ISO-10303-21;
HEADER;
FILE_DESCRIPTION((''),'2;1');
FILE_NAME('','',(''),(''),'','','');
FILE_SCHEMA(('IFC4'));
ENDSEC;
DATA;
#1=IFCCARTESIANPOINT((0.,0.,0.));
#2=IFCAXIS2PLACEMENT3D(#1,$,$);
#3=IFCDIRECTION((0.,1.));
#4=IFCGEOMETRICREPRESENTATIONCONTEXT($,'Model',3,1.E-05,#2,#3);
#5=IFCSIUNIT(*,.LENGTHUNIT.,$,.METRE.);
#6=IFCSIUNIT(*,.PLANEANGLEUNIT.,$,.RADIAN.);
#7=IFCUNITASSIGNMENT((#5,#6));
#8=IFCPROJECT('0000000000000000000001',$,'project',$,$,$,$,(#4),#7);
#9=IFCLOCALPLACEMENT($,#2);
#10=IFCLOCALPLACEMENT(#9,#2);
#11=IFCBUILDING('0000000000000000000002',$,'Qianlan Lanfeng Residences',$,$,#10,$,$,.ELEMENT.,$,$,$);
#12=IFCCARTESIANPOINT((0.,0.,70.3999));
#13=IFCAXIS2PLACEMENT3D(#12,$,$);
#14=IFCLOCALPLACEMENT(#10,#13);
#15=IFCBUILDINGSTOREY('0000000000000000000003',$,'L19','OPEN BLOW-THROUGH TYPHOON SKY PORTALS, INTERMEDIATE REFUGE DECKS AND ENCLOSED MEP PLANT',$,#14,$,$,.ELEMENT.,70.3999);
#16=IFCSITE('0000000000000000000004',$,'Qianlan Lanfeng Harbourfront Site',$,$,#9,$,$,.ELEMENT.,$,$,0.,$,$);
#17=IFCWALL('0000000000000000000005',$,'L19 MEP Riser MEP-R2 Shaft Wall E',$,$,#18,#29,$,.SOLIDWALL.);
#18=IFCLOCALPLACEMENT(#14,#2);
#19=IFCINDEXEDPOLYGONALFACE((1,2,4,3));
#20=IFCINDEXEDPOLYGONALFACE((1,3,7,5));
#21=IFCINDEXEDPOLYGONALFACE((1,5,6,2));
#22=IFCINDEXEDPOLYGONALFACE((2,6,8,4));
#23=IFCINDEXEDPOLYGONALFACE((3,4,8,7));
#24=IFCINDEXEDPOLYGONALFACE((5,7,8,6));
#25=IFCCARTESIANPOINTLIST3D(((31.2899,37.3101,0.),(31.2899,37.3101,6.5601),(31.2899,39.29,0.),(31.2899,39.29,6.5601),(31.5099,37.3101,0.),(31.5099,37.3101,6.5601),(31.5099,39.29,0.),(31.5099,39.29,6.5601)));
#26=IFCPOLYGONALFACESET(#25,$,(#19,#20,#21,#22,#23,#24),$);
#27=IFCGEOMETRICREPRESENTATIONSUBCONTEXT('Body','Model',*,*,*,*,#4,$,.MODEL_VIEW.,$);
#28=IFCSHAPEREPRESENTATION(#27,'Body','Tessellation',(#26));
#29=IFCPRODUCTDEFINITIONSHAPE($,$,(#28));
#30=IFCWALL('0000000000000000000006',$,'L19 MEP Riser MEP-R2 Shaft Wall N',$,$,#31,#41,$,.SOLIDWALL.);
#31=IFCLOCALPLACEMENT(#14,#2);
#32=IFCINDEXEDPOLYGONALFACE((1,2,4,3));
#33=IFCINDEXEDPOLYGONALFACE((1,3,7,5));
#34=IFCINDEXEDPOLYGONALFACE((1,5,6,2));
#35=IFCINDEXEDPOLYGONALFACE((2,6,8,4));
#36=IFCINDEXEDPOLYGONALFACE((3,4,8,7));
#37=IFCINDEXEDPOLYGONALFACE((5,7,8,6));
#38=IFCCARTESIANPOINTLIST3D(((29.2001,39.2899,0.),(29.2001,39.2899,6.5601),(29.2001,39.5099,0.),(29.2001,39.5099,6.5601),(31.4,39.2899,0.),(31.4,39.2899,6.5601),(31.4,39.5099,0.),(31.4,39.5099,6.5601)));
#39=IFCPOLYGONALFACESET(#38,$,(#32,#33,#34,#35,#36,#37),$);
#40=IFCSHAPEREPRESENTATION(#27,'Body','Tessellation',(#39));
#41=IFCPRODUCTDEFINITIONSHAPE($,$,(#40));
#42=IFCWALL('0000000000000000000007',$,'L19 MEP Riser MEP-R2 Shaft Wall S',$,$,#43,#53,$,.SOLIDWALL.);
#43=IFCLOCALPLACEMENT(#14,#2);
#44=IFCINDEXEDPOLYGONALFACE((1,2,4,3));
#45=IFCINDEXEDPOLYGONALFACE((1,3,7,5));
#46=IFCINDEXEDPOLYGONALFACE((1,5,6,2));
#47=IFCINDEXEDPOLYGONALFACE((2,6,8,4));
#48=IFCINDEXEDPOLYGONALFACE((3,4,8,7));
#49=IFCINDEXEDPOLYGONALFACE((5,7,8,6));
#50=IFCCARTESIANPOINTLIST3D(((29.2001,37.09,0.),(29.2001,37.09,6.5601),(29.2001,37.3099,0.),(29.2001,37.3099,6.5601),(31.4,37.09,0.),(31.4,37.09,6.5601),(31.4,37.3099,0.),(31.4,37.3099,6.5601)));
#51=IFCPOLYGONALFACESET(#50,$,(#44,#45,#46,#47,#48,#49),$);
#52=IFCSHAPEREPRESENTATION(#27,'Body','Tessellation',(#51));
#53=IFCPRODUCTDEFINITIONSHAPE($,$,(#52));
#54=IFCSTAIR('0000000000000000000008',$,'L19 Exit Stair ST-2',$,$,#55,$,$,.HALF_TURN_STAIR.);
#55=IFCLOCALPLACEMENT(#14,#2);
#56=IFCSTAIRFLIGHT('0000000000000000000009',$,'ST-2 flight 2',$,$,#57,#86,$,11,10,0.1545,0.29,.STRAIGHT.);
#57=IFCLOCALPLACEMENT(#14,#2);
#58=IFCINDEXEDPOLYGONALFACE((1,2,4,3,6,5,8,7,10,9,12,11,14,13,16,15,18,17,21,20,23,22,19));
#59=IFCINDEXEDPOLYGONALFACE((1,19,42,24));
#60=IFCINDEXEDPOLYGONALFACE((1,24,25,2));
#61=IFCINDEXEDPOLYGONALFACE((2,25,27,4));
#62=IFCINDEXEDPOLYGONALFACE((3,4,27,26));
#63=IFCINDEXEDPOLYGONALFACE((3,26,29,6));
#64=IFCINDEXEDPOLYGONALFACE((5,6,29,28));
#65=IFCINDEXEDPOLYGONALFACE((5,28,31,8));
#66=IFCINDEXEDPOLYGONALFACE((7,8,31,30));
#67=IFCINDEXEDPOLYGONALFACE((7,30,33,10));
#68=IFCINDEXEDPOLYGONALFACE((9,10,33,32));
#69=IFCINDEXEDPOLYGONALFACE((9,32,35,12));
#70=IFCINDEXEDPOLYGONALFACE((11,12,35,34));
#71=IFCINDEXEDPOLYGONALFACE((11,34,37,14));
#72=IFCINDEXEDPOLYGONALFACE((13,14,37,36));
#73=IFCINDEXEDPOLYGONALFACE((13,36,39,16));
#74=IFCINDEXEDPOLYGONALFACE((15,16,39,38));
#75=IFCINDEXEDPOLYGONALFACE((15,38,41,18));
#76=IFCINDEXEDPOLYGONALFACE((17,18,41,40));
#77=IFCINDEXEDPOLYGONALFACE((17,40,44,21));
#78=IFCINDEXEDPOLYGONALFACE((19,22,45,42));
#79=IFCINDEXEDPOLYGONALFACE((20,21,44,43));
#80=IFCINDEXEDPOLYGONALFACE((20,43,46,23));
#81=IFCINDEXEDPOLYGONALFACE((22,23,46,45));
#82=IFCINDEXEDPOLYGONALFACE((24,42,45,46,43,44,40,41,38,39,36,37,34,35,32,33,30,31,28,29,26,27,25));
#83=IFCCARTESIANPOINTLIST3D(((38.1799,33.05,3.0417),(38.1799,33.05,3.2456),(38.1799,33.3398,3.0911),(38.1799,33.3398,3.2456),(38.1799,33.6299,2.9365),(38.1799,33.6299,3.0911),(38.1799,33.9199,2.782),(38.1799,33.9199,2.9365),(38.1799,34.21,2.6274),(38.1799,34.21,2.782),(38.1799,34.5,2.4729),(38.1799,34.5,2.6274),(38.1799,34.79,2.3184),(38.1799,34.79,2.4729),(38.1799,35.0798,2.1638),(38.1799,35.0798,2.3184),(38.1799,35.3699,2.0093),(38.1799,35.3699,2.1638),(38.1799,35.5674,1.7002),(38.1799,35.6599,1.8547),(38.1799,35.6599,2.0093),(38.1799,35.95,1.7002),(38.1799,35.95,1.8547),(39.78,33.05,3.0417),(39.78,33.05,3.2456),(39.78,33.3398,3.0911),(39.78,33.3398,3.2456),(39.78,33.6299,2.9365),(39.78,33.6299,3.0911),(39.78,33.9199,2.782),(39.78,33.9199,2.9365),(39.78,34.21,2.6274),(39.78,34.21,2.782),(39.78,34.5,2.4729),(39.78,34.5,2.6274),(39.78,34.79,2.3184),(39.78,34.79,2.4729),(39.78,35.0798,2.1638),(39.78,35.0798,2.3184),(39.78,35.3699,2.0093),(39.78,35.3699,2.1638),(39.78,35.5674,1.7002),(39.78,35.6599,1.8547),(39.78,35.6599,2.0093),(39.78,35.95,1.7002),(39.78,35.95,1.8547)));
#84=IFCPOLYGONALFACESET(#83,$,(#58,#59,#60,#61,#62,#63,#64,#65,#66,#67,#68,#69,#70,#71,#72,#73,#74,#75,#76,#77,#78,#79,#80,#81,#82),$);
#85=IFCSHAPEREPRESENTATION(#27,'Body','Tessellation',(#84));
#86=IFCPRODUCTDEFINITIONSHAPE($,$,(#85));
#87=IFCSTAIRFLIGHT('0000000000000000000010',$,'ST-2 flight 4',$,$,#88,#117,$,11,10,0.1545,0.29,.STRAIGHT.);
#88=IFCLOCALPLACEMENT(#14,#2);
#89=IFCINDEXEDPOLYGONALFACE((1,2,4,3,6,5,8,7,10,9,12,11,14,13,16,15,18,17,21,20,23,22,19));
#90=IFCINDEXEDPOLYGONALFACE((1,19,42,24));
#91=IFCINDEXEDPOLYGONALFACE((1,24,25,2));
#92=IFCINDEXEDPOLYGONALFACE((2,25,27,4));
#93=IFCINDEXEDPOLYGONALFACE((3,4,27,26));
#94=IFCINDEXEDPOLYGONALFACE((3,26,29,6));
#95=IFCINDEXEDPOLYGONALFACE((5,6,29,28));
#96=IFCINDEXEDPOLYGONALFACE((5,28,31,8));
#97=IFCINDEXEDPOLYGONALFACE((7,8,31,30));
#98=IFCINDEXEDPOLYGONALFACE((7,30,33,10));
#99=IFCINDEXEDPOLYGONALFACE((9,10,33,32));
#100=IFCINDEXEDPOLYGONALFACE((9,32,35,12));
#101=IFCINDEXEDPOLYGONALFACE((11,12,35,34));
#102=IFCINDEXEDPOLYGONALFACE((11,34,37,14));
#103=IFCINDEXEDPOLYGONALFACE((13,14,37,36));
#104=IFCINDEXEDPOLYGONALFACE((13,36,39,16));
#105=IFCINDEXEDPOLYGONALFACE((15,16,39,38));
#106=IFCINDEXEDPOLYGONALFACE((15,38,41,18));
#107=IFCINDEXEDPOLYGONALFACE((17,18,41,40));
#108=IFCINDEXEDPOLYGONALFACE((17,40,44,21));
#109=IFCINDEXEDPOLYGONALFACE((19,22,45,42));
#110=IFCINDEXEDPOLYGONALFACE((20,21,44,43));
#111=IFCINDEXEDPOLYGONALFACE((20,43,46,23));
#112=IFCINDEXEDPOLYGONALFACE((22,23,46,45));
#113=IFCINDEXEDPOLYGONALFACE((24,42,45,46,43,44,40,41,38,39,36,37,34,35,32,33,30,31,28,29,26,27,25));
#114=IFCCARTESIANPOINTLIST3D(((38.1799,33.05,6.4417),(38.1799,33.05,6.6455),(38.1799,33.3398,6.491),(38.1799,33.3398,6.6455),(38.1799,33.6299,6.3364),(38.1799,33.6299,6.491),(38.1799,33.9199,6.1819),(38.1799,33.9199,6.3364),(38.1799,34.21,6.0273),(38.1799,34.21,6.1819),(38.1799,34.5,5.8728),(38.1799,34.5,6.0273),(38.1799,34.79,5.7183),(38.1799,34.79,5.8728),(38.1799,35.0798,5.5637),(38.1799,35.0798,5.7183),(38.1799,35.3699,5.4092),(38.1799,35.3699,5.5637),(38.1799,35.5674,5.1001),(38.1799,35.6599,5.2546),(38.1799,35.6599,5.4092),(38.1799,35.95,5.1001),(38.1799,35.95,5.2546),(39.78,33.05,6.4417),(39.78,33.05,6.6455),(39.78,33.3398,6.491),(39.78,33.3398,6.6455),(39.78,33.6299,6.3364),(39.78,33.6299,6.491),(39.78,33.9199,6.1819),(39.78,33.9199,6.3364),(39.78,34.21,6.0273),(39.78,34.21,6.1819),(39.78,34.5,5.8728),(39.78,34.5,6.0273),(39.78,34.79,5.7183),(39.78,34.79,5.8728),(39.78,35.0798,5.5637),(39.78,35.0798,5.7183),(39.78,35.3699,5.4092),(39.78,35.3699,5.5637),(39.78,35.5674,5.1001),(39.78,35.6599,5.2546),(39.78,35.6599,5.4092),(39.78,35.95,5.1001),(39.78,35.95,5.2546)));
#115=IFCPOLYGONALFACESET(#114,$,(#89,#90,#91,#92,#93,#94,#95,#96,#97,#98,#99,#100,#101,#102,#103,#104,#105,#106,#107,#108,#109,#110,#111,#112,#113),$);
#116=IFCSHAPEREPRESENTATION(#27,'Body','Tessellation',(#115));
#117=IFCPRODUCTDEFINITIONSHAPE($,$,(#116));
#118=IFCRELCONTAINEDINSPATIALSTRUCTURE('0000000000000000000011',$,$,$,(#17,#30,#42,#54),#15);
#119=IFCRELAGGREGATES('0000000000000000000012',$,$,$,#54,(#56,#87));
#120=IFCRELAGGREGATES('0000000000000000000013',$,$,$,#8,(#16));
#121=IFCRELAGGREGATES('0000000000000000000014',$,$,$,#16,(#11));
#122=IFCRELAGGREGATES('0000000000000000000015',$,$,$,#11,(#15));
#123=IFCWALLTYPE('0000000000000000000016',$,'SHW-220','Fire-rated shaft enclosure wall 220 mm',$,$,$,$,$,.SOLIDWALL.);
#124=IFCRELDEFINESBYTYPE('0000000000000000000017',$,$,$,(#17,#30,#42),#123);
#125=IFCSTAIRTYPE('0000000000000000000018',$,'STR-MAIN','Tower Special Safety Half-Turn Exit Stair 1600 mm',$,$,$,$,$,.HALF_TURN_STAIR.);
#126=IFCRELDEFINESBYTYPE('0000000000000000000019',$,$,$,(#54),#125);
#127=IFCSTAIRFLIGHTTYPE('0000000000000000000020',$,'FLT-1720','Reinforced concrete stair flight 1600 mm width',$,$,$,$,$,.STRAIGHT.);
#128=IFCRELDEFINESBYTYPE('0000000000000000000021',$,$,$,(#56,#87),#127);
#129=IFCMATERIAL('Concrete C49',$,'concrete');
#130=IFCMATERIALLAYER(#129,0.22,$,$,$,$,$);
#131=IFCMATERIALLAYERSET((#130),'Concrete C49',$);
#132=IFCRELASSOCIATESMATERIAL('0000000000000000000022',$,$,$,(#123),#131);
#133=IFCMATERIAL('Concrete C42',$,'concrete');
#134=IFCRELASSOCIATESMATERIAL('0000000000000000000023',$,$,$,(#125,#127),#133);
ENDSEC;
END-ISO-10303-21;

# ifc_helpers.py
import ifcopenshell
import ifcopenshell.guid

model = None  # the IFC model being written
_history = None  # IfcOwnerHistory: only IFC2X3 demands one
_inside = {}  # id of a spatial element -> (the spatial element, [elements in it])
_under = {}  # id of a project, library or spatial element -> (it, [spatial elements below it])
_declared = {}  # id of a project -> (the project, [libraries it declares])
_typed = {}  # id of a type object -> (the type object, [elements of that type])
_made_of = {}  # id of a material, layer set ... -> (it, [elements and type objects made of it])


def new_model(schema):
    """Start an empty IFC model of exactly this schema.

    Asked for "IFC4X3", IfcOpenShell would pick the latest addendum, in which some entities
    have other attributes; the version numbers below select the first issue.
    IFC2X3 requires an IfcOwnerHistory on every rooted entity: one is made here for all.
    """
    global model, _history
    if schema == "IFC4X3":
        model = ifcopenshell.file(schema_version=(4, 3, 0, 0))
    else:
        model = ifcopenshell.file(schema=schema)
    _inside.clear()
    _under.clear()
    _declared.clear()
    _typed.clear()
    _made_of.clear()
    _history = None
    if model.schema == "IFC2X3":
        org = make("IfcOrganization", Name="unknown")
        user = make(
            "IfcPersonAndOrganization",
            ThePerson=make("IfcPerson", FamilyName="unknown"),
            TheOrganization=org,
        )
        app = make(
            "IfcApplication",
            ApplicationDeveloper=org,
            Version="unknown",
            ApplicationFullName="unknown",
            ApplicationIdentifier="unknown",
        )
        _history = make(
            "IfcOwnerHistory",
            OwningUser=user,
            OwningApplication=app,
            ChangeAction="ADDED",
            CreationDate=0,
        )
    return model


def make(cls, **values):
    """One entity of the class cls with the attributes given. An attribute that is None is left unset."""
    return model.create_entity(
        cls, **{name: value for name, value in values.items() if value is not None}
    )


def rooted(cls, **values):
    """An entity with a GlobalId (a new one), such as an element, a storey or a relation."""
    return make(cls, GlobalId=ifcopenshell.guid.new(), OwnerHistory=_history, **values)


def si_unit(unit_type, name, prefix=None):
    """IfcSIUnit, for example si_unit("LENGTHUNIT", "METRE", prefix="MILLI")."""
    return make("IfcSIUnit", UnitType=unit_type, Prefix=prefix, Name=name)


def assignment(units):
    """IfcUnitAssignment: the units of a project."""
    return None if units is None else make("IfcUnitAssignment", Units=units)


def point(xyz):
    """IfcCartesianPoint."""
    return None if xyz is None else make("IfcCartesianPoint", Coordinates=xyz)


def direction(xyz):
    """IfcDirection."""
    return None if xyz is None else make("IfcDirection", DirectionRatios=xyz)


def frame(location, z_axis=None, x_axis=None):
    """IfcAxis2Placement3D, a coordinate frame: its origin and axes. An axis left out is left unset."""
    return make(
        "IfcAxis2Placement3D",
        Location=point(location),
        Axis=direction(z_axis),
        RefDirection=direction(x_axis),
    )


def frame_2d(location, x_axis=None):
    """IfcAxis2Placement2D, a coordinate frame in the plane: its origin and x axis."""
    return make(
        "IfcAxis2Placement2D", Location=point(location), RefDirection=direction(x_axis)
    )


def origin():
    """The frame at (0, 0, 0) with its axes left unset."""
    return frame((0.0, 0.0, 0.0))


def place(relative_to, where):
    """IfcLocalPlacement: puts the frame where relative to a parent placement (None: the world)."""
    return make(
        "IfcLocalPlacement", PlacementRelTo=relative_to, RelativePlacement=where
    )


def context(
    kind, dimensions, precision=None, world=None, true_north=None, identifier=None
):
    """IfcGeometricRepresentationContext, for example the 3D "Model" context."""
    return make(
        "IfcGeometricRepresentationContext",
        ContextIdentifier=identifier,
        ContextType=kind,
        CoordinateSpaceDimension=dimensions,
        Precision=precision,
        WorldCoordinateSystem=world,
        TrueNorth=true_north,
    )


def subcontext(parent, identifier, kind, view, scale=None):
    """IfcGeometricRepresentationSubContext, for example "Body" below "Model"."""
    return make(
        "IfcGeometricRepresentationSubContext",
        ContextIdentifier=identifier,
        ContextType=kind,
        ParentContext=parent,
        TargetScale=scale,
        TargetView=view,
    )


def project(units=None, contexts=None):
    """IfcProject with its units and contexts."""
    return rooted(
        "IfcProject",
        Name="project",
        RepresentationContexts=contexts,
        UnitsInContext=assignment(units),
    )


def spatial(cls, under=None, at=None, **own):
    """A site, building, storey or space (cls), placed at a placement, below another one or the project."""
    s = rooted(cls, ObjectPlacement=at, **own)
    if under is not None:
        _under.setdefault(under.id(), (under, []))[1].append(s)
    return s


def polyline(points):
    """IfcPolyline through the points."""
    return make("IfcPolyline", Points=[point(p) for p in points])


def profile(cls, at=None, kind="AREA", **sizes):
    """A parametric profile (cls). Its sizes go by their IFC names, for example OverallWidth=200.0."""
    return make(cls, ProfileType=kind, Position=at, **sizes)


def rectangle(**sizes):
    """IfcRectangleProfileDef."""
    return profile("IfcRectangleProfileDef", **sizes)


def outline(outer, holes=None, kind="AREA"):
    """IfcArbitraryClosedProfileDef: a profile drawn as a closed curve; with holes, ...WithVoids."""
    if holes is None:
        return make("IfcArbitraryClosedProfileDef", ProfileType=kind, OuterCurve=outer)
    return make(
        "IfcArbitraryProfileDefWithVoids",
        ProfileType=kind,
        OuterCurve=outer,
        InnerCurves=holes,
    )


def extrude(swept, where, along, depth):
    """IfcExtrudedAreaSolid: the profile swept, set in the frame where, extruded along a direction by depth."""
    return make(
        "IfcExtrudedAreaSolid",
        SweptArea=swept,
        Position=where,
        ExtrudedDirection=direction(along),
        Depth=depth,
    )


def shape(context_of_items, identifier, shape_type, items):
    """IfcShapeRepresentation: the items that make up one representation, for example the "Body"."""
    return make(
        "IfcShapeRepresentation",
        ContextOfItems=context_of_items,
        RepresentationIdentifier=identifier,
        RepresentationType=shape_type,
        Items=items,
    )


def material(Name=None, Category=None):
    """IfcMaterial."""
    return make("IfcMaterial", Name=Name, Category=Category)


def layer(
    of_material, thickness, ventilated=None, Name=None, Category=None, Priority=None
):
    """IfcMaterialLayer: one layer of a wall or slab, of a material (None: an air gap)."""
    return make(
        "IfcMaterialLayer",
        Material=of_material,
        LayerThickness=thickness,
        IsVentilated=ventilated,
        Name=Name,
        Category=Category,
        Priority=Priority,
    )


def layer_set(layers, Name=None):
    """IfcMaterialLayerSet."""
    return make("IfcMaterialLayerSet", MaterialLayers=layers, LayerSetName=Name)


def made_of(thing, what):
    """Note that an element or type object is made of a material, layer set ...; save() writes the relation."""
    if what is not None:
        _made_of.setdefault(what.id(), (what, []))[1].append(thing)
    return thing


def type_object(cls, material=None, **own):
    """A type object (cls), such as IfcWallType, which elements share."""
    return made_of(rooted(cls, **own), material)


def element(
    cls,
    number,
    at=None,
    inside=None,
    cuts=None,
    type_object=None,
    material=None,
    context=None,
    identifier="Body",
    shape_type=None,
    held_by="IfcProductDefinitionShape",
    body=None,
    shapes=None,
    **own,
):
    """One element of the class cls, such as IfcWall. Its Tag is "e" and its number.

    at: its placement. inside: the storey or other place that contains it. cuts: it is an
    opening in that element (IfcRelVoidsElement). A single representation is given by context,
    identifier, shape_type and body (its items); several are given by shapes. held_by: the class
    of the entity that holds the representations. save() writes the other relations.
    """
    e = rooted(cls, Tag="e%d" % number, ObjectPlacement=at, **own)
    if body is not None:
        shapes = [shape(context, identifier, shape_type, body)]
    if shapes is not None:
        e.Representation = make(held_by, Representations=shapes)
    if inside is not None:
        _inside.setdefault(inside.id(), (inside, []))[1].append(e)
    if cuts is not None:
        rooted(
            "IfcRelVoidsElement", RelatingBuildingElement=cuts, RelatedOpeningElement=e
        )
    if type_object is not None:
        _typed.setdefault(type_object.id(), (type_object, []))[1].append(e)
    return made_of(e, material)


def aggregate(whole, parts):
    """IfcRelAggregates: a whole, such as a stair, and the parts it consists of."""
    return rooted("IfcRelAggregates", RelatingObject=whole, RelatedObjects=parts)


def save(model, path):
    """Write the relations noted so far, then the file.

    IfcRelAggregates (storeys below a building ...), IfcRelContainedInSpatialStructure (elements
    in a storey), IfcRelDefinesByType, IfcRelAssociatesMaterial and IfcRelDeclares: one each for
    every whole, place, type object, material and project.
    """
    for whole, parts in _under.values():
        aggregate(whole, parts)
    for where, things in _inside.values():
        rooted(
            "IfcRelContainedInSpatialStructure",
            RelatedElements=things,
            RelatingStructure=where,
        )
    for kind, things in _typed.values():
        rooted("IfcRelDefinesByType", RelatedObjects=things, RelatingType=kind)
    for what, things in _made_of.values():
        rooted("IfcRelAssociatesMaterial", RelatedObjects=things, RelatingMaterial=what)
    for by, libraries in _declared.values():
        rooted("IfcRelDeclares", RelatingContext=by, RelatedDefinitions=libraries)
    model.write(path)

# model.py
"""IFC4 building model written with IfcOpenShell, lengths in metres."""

from ifc_helpers import new_model, si_unit, direction, frame, frame_2d, origin, place, context, subcontext, project, spatial, polyline, rectangle, outline, extrude, material, layer, layer_set, type_object, element, aggregate, save


model = new_model("IFC4")

# Units and contexts
model_context = context("Model", 3, precision=1e-05, world=origin(), true_north=direction((0.0, 1.0)))
body_context = subcontext(model_context, "Body", "Model", "MODEL_VIEW")
ifc_project = project(units=[si_unit("LENGTHUNIT", "METRE"), si_unit("PLANEANGLEUNIT", "RADIAN")], contexts=[model_context])

# Site, building, storey
site_placement = place(None, origin())
site = spatial("IfcSite", under=ifc_project, at=site_placement, Name="Qianlan Lanfeng Harbourfront Site", CompositionType="ELEMENT", RefElevation=0.0)
building_placement = place(site_placement, origin())
building = spatial("IfcBuilding", under=site, at=building_placement, Name="Qianlan Lanfeng Residences", CompositionType="ELEMENT")
storey_placement = place(building_placement, frame((0.0, 0.0, 70.3999)))
storey = spatial("IfcBuildingStorey", under=building, at=storey_placement, Name="L19", Description="OPEN BLOW-THROUGH TYPHOON SKY PORTALS, INTERMEDIATE REFUGE DECKS AND ENCLOSED MEP PLANT", CompositionType="ELEMENT", Elevation=70.3999)

# Walls
ifc_material_1 = material(Name="Concrete C49", Category="concrete")
ifc_layer_1 = layer(ifc_material_1, 0.22)
ifc_layer_set_1 = layer_set([ifc_layer_1], Name="Concrete C49")
wall_type_1 = type_object("IfcWallType", Name="SHW-220", Description="Fire-rated shaft enclosure wall 220 mm", PredefinedType="SOLIDWALL", material=ifc_layer_set_1)
for number, where, z_axis, x_axis, name in (
    (1, (31.3999, 37.3101, 0.0), (0.0, 0.0, 1.0), (0.0, 1.0, 0.0), "L19 MEP Riser MEP-R2 Shaft Wall E"),
):
    element("IfcWall", number, at=place(storey_placement, frame(where, z_axis=z_axis, x_axis=x_axis)), inside=storey, type_object=wall_type_1, Name=name, PredefinedType="SOLIDWALL", context=body_context, shape_type="SweptSolid", body=[
        extrude(rectangle(XDim=1.98, YDim=0.22, at=frame_2d((0.99, 0.0))), origin(), (0.0, 0.0, 1.0), 6.5601),
    ])
for number, where, z_axis, x_axis, name in (
    (2, (29.2, 39.3999, 0.0), (0.0, 0.0, 1.0), (1.0, 0.0, 0.0), "L19 MEP Riser MEP-R2 Shaft Wall N"),
    (3, (29.2, 37.2, 0.0), (0.0, 0.0, 1.0), (1.0, 0.0, 0.0), "L19 MEP Riser MEP-R2 Shaft Wall S"),
):
    element("IfcWall", number, at=place(storey_placement, frame(where, z_axis=z_axis, x_axis=x_axis)), inside=storey, type_object=wall_type_1, Name=name, PredefinedType="SOLIDWALL", context=body_context, shape_type="SweptSolid", body=[
        extrude(rectangle(XDim=2.2, YDim=0.22, at=frame_2d((1.1001, 0.0))), origin(), (0.0, 0.0, 1.0), 6.5601),
    ])

# Stair, stair flights
ifc_material_2 = material(Name="Concrete C42", Category="concrete")
stair_type = type_object("IfcStairType", Name="STR-MAIN", Description="Tower Special Safety Half-Turn Exit Stair 1600 mm", PredefinedType="HALF_TURN_STAIR", material=ifc_material_2)
stair_placement = place(storey_placement, origin())
stair = element("IfcStair", 4, at=stair_placement, inside=storey, type_object=stair_type, Name="L19 Exit Stair ST-2", PredefinedType="HALF_TURN_STAIR")
stair_flight_type = type_object("IfcStairFlightType", Name="FLT-1720", Description="Reinforced concrete stair flight 1600 mm width", PredefinedType="STRAIGHT", material=ifc_material_2)
stair_flight_1_placement = place(storey_placement, frame((38.98, 35.95, 1.7002), z_axis=(0.0, 0.0, 1.0), x_axis=(0.0, -1.0, 0.0)))
stair_flight_1 = element("IfcStairFlight", 5, at=stair_flight_1_placement, type_object=stair_flight_type, Name="ST-2 flight 2", NumberOfRisers=11, NumberOfTreads=10, PredefinedType="STRAIGHT", RiserHeight=0.1545, TreadLength=0.29, context=body_context, shape_type="SweptSolid", body=[
    extrude(outline(polyline([(0.0, 0.0), (0.0, 0.1545), (0.29, 0.1545), (0.29, 0.3091), (0.5801, 0.3091), (0.5801, 0.4636), (0.8701, 0.4636), (0.8701, 0.6182), (1.1599, 0.6182), (1.1599, 0.7727), (1.45, 0.7727), (1.45, 0.9272), (1.74, 0.9272), (1.74, 1.0818), (2.03, 1.0818), (2.03, 1.2363), (2.3201, 1.2363), (2.3201, 1.3909), (2.6101, 1.3909), (2.6101, 1.5454), (2.8999, 1.5454), (2.8999, 1.7), (2.8999, 1.3416), (0.3826, 0.0), (0.0, 0.0)])), frame((0.0, 0.8, 0.0), z_axis=(0.0, -1.0, 0.0), x_axis=(1.0, 0.0, 0.0)), (0.0, 0.0, 1.0), 1.6001),
])
stair_flight_2_placement = place(storey_placement, frame((38.98, 35.95, 5.1001), z_axis=(0.0, 0.0, 1.0), x_axis=(0.0, -1.0, 0.0)))
stair_flight_2 = element("IfcStairFlight", 6, at=stair_flight_2_placement, type_object=stair_flight_type, Name="ST-2 flight 4", NumberOfRisers=11, NumberOfTreads=10, PredefinedType="STRAIGHT", RiserHeight=0.1545, TreadLength=0.29, context=body_context, shape_type="SweptSolid", body=[
    extrude(outline(polyline([(0.0, 0.0), (0.0, 0.1545), (0.29, 0.1545), (0.29, 0.3091), (0.5801, 0.3091), (0.5801, 0.4636), (0.8701, 0.4636), (0.8701, 0.6182), (1.1599, 0.6182), (1.1599, 0.7727), (1.45, 0.7727), (1.45, 0.9272), (1.74, 0.9272), (1.74, 1.0818), (2.03, 1.0818), (2.03, 1.2363), (2.3201, 1.2363), (2.3201, 1.3909), (2.6101, 1.3909), (2.6101, 1.5454), (2.8999, 1.5454), (2.8999, 1.7), (2.8999, 1.3416), (0.3826, 0.0), (0.0, 0.0)])), frame((0.0, 0.8, 0.0), z_axis=(0.0, -1.0, 0.0), x_axis=(1.0, 0.0, 0.0)), (0.0, 0.0, 1.0), 1.6001),
])
aggregate(stair, [stair_flight_1, stair_flight_2])

save(model, "model.ifc")
